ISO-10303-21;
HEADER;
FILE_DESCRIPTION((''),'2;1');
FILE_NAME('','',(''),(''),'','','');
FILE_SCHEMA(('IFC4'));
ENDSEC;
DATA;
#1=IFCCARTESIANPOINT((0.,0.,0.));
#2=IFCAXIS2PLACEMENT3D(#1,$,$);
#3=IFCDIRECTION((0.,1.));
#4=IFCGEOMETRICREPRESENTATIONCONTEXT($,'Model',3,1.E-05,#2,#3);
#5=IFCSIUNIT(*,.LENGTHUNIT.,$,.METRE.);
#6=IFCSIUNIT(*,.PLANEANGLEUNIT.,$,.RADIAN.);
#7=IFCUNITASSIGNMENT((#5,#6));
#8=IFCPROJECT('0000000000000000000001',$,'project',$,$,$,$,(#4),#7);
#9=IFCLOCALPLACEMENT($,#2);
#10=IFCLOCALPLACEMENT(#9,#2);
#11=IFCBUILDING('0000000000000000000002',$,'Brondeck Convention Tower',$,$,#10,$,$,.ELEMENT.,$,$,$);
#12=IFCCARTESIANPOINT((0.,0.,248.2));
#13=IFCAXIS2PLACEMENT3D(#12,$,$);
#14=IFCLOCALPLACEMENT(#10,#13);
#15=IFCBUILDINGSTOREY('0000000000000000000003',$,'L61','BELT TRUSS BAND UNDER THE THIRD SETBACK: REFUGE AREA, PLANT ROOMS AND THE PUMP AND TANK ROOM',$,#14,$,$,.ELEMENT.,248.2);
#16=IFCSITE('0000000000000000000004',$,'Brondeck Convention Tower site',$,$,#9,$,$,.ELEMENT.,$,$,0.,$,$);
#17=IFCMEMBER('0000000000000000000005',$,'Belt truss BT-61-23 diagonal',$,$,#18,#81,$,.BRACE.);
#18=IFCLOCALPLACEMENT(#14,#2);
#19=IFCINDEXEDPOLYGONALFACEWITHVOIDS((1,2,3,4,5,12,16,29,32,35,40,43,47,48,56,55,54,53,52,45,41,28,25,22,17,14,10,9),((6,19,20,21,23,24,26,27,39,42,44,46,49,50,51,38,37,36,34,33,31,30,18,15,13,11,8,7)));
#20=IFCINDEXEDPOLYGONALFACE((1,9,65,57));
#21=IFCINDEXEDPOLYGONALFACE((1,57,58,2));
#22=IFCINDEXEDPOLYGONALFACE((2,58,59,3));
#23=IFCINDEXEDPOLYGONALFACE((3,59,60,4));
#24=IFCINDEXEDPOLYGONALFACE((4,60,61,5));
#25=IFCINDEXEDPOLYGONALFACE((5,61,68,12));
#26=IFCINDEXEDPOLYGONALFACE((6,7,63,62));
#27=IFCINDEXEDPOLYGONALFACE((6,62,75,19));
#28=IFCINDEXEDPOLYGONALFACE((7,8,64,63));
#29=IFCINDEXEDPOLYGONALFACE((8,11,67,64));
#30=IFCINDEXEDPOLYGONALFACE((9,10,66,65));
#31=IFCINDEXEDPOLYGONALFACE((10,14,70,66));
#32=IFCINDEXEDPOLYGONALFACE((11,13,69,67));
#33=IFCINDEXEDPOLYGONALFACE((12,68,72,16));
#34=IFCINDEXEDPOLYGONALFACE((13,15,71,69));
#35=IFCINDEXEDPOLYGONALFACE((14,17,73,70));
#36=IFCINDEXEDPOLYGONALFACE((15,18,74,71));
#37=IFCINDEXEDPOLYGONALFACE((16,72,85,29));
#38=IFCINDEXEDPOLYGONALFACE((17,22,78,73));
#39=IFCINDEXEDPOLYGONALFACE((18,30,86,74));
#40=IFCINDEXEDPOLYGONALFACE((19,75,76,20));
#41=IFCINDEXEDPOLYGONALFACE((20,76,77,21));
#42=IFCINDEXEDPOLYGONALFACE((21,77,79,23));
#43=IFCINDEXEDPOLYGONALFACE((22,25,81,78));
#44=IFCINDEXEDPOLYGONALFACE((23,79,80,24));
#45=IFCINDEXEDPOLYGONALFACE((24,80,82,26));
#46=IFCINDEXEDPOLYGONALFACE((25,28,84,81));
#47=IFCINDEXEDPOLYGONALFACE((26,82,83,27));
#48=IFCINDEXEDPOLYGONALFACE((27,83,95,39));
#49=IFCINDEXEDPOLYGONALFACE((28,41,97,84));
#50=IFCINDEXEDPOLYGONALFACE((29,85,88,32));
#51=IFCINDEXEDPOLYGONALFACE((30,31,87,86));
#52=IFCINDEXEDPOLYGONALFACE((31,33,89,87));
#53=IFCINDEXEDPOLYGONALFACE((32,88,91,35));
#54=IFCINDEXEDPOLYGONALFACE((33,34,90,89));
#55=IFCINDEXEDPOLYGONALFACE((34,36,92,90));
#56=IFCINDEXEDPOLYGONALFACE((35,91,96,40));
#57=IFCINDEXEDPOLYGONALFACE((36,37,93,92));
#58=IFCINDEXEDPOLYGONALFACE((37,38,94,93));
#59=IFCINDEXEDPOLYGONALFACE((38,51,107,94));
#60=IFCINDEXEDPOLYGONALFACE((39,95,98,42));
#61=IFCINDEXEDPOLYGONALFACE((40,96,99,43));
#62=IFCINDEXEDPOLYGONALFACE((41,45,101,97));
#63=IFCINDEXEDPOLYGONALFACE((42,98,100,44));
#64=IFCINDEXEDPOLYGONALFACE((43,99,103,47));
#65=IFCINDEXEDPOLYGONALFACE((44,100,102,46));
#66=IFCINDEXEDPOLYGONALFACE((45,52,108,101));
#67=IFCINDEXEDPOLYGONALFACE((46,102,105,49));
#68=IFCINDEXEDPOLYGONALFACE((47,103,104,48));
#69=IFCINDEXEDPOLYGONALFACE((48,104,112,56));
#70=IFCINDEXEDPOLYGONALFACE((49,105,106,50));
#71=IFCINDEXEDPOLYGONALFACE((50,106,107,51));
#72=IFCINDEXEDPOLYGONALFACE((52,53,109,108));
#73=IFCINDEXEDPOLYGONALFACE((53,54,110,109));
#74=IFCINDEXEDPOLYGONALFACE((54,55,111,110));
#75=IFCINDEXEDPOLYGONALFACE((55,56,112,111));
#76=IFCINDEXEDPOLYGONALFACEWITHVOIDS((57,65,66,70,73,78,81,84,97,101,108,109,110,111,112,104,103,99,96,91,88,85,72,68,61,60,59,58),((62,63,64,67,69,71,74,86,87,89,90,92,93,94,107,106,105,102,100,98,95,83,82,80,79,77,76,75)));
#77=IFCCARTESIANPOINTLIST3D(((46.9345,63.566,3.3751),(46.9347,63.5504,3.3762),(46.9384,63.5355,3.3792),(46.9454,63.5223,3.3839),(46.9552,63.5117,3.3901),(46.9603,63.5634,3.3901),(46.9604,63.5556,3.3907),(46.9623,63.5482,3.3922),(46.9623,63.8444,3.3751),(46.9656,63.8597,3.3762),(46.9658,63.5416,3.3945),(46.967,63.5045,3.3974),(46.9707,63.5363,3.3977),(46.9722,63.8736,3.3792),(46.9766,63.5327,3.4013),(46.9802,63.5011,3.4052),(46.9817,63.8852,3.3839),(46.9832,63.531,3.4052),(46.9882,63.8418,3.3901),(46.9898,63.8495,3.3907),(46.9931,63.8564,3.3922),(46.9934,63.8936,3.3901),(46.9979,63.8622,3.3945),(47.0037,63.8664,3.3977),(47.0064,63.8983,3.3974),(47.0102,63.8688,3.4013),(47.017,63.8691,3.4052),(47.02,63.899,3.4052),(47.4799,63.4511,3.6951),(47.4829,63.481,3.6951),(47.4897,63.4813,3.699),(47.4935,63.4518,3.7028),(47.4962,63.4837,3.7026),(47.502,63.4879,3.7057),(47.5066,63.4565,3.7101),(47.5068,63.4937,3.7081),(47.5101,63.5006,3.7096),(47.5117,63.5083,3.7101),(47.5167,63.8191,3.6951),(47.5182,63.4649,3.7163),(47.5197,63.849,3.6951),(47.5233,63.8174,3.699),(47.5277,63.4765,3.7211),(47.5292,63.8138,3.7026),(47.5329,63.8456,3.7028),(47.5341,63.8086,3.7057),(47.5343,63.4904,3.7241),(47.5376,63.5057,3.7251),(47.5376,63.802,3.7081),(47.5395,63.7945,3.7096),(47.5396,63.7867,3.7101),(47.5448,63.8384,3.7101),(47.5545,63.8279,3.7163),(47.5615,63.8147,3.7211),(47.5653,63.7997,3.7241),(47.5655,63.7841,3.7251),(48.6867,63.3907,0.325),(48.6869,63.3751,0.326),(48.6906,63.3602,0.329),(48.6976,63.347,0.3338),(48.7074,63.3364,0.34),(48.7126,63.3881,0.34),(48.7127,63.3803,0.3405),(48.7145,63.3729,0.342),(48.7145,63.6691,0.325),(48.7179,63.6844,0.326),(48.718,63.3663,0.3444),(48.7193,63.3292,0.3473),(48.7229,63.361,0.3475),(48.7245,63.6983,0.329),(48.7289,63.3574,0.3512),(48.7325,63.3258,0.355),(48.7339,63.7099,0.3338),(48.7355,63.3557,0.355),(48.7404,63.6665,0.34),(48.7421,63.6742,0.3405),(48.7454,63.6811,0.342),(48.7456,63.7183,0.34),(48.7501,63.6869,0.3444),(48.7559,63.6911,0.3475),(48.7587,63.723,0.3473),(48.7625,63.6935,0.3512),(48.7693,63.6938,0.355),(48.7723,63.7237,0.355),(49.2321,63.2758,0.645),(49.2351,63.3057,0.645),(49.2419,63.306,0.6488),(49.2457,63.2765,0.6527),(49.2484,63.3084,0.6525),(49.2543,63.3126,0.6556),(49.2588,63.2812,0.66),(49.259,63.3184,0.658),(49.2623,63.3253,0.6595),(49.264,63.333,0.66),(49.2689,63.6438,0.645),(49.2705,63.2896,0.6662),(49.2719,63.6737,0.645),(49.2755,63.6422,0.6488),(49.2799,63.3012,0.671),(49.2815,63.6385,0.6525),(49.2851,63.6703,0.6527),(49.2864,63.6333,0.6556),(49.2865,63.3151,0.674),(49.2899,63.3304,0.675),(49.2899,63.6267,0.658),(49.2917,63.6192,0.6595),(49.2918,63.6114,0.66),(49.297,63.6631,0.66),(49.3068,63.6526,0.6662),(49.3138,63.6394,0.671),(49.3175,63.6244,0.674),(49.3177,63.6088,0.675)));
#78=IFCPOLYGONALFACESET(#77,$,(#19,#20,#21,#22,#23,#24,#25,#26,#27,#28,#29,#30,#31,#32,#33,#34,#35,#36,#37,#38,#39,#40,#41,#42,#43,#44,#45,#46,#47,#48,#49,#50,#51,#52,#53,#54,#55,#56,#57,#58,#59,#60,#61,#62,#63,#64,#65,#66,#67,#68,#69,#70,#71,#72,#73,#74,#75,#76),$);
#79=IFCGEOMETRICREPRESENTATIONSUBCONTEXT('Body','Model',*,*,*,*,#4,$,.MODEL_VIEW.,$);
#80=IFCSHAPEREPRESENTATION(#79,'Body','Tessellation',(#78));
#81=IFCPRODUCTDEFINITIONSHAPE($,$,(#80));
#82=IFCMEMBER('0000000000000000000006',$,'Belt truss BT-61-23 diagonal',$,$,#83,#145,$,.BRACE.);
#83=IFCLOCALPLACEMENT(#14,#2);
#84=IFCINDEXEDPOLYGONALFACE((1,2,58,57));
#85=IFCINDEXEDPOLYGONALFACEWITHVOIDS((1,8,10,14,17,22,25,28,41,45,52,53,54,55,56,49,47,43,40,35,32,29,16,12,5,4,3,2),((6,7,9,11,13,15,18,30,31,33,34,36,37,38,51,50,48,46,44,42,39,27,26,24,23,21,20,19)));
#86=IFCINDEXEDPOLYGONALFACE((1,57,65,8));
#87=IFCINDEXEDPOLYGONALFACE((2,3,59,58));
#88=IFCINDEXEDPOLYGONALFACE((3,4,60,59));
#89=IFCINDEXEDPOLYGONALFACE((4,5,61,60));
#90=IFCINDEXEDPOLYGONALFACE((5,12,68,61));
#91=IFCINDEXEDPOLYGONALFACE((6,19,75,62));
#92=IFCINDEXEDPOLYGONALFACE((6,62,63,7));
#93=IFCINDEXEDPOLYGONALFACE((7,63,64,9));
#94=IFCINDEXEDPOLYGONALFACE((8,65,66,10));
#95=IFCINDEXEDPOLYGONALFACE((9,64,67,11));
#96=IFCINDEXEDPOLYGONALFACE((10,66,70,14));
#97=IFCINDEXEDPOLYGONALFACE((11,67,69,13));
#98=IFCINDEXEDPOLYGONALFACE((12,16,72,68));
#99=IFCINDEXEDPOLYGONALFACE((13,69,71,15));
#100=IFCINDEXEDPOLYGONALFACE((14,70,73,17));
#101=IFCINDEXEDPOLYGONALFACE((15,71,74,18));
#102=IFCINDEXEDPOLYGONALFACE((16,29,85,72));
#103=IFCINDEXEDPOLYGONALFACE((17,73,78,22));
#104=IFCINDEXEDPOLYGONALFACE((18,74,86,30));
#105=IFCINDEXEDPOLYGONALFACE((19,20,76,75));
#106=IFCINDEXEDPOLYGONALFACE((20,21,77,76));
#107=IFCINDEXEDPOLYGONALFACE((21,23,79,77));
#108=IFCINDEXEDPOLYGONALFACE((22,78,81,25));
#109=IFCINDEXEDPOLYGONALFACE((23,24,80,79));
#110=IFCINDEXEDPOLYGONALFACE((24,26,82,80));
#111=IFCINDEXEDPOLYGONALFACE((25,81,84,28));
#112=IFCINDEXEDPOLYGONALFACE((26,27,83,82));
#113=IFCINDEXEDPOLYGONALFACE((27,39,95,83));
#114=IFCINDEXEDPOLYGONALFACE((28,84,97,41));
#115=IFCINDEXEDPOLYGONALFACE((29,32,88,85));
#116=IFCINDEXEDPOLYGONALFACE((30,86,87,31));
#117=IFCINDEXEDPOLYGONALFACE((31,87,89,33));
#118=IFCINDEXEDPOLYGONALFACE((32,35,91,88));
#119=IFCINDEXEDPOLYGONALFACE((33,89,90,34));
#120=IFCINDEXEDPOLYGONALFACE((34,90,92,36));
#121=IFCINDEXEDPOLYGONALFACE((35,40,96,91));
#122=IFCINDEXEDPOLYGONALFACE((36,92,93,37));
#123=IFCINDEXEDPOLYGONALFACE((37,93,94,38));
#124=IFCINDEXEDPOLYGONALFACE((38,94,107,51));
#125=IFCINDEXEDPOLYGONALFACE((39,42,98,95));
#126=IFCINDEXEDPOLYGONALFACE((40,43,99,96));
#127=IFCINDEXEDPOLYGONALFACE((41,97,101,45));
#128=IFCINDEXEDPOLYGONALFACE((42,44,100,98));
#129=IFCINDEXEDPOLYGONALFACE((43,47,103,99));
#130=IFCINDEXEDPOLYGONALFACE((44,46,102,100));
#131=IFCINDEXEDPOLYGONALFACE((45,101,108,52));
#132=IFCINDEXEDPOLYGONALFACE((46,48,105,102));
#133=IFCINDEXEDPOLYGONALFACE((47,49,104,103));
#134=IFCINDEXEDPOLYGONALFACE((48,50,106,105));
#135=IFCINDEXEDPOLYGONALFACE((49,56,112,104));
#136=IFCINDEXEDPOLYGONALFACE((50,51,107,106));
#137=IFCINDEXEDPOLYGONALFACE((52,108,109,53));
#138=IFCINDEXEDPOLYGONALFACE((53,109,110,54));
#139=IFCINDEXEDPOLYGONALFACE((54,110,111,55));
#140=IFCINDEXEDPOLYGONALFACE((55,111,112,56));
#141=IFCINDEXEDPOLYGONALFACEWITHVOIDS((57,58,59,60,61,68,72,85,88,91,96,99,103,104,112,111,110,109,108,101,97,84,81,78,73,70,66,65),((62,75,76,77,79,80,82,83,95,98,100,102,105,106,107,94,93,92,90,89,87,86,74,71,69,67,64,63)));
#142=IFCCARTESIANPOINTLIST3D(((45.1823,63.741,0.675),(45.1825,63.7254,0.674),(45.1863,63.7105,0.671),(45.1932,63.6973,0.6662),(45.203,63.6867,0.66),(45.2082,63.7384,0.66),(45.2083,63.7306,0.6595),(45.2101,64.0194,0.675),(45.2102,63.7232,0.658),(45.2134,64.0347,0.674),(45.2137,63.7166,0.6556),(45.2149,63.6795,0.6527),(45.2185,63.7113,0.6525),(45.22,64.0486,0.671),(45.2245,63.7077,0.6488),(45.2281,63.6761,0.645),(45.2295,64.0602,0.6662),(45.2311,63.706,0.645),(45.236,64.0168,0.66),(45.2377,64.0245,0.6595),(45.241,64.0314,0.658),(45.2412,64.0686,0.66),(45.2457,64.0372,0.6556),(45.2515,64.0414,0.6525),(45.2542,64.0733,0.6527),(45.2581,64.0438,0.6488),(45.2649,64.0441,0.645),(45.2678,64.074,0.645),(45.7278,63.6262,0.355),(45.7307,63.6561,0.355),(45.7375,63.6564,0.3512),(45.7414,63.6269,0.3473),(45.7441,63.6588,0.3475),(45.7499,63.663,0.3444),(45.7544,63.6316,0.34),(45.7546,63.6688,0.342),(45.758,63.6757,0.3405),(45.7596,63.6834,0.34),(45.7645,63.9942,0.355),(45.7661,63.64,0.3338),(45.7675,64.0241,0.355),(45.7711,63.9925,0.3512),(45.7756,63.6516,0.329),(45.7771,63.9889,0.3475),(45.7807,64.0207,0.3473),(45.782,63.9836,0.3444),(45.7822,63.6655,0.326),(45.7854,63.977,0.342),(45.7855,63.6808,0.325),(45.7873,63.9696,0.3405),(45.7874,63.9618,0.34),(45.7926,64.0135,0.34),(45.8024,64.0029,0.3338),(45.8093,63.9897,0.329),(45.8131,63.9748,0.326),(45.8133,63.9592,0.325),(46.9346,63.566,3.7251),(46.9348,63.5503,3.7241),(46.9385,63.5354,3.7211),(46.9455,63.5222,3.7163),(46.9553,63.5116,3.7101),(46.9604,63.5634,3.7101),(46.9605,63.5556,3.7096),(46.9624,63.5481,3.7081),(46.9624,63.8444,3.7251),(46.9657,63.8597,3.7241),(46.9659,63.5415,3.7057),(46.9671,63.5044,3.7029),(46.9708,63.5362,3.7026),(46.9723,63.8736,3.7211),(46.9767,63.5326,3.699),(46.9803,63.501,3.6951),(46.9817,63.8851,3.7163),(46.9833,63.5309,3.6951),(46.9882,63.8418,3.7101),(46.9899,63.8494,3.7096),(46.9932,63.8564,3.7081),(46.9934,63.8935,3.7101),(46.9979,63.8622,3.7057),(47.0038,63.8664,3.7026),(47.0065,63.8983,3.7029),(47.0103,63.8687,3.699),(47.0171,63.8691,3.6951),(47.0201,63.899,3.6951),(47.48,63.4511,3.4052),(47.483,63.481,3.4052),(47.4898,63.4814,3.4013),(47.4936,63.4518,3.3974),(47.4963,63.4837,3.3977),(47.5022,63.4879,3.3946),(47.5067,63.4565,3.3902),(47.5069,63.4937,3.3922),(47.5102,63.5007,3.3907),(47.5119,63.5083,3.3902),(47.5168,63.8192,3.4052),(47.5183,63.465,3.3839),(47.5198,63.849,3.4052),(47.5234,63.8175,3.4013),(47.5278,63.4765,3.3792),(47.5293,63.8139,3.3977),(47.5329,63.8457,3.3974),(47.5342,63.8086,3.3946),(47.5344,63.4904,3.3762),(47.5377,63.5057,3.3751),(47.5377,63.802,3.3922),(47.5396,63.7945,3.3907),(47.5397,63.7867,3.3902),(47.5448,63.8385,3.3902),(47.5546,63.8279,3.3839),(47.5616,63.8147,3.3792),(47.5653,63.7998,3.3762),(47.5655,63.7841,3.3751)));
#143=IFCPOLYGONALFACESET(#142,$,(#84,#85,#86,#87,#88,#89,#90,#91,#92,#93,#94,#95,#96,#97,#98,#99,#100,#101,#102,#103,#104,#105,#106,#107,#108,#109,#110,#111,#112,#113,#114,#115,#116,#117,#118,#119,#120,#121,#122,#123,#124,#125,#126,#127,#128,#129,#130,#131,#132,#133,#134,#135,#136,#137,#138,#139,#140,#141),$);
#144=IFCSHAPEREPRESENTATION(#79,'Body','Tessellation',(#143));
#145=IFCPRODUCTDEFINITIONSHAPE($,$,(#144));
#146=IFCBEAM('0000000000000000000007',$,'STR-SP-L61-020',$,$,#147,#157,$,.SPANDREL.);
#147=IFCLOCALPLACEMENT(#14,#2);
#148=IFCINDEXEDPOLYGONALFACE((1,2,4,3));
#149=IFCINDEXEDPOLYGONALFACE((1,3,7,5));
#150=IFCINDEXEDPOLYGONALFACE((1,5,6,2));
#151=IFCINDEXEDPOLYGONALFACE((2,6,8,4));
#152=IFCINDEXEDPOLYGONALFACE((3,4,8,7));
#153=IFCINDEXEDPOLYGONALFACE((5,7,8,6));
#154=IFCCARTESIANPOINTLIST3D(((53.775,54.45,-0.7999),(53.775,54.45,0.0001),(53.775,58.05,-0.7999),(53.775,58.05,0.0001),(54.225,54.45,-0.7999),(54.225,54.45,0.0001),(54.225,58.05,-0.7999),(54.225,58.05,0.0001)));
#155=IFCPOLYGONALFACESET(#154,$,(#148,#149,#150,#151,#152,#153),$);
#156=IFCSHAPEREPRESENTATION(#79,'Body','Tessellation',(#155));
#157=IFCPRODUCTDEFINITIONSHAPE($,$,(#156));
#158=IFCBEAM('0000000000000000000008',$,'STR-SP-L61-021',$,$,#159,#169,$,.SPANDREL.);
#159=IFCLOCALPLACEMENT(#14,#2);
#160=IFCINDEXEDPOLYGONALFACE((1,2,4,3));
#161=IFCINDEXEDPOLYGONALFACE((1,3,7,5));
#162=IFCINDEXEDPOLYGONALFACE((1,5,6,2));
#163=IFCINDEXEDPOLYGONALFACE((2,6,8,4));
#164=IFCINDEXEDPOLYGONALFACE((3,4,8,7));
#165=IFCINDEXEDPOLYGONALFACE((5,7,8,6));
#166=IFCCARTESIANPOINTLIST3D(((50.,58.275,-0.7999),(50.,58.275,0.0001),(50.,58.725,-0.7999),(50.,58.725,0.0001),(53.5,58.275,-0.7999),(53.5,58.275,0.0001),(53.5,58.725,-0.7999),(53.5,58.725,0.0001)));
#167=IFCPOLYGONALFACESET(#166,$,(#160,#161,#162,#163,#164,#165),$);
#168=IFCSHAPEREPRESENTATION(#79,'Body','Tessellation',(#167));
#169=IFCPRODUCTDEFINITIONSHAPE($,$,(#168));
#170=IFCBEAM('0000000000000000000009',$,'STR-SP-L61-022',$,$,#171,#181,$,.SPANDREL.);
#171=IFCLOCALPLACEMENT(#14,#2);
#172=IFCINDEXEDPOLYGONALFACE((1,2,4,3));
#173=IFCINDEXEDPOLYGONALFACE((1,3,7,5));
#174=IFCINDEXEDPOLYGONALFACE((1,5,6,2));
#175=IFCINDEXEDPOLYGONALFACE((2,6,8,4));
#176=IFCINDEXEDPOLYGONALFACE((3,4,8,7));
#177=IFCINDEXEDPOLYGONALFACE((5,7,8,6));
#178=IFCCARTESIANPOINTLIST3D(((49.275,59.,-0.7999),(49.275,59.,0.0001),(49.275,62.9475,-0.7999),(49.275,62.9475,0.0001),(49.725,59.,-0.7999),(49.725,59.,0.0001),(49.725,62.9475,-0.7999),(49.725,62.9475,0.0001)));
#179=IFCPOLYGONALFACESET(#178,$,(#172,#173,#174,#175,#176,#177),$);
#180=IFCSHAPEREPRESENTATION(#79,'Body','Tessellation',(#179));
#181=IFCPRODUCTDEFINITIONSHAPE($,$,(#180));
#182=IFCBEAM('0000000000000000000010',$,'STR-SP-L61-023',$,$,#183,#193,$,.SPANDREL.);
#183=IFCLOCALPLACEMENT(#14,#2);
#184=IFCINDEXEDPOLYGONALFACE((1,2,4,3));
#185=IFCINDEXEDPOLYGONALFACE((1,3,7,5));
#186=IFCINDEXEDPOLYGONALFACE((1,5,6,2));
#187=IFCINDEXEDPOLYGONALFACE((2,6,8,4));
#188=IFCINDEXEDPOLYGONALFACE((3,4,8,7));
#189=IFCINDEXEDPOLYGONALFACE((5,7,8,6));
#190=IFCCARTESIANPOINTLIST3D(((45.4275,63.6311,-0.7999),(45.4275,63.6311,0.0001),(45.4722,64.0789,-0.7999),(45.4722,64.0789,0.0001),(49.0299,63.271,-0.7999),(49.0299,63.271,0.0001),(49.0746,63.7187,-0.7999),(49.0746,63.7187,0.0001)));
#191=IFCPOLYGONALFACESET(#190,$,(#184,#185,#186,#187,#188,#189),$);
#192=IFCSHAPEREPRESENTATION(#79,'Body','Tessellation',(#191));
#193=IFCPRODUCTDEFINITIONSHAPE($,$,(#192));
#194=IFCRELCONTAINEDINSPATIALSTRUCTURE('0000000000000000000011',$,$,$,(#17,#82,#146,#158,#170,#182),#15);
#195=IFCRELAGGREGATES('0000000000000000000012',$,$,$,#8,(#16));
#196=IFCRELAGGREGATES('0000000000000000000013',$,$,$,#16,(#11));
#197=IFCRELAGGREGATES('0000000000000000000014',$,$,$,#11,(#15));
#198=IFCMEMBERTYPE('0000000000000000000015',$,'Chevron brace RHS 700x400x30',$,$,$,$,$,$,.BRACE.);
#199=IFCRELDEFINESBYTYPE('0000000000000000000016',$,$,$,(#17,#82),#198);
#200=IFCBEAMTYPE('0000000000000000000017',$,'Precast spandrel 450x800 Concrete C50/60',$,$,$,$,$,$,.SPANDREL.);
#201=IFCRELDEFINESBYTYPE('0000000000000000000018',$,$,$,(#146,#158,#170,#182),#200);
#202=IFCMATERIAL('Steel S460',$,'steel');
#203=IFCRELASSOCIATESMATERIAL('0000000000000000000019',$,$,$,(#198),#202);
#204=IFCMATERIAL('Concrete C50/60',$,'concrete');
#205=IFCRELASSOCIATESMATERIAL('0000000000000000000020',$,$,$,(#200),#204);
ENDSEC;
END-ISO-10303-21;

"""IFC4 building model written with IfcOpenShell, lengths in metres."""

from ifc_helpers import new_model, si_unit, direction, frame, origin, origin_2d, place, context, subcontext, project, spatial, rectangle, hollow_rectangle, extrude, material, material_profile, profile_set, type_object, element, save


model = new_model("IFC4")

# Units and contexts
model_context = context("Model", 3, precision=1e-05, world=origin(), true_north=direction((0.0, 1.0)))
body_context = subcontext(model_context, "Body", "Model", "MODEL_VIEW")
ifc_project = project(units=[si_unit("LENGTHUNIT", "METRE"), si_unit("PLANEANGLEUNIT", "RADIAN")], contexts=[model_context])

# Site, building, storey
site_placement = place(None, origin())
site = spatial("IfcSite", under=ifc_project, at=site_placement, Name="Brondeck Convention Tower site", CompositionType="ELEMENT", RefElevation=0.0)
building_placement = place(site_placement, origin())
building = spatial("IfcBuilding", under=site, at=building_placement, Name="Brondeck Convention Tower", CompositionType="ELEMENT")
storey_placement = place(building_placement, frame((0.0, 0.0, 248.2)))
storey = spatial("IfcBuildingStorey", under=building, at=storey_placement, Name="L61", Description="BELT TRUSS BAND UNDER THE THIRD SETBACK: REFUGE AREA, PLANT ROOMS AND THE PUMP AND TANK ROOM", CompositionType="ELEMENT", Elevation=248.2)

# Shared definitions
ifc_material_1 = material(Name="Concrete C50/60", Category="concrete")

# Members
ifc_material_2 = material(Name="Steel S460", Category="steel")
ifc_material_profile_1 = material_profile(ifc_material_2, hollow_rectangle(XDim=0.3999, YDim=0.7, WallThickness=0.03, InnerFilletRadius=0.03, OuterFilletRadius=0.0601, at=origin_2d()), Name="RHS 700x400x30")
ifc_profile_set_1 = profile_set([ifc_material_profile_1], Name="Steel S460")
member_type_1 = type_object("IfcMemberType", Name="Chevron brace RHS 700x400x30", PredefinedType="BRACE", material=ifc_profile_set_1)
for number, where, z_axis, x_axis, name in (
    (1, (49.0022, 63.4998, 0.5), (-0.497516, 0.049772, 0.866026), (-0.099545, -0.995033, 0.0), "Belt truss BT-61-23 diagonal"),
    (2, (45.4978, 63.8501, 0.5), (0.497518, -0.049703, 0.866029), (0.099408, 0.995047, 0.0), "Belt truss BT-61-23 diagonal"),
):
    element("IfcMember", number, at=place(storey_placement, frame(where, z_axis=z_axis, x_axis=x_axis)), inside=storey, type_object=member_type_1, Name=name, PredefinedType="BRACE", context=body_context, shape_type="SweptSolid", body=[
        extrude(hollow_rectangle(XDim=0.3999, YDim=0.7, WallThickness=0.03, InnerFilletRadius=0.03, OuterFilletRadius=0.0601, at=origin_2d()), origin(), (0.0, 0.0, 1.0), 3.522),
    ])

# Beams
ifc_material_profile_2 = material_profile(ifc_material_1, rectangle(XDim=0.45, YDim=0.8, at=origin_2d()), Name="Precast spandrel 450x800 Concrete C50/60")
ifc_profile_set_2 = profile_set([ifc_material_profile_2], Name="Concrete C50/60")
beam_type = type_object("IfcBeamType", Name="Precast spandrel 450x800 Concrete C50/60", PredefinedType="SPANDREL", material=ifc_profile_set_2)
beam_1_placement = place(storey_placement, frame((54.0, 54.45, -0.3999), z_axis=(0.0, 1.0, 0.0), x_axis=(-1.0, 0.0, 0.0)))
element("IfcBeam", 3, at=beam_1_placement, inside=storey, type_object=beam_type, Name="STR-SP-L61-020", PredefinedType="SPANDREL", context=body_context, shape_type="SweptSolid", body=[
    extrude(rectangle(XDim=0.45, YDim=0.8, at=origin_2d()), origin(), (0.0, 0.0, 1.0), 3.6001),
])
beam_2_placement = place(storey_placement, frame((53.5, 58.5, -0.3999), z_axis=(-1.0, 0.0, 0.0), x_axis=(0.0, -1.0, 0.0)))
element("IfcBeam", 4, at=beam_2_placement, inside=storey, type_object=beam_type, Name="STR-SP-L61-021", PredefinedType="SPANDREL", context=body_context, shape_type="SweptSolid", body=[
    extrude(rectangle(XDim=0.45, YDim=0.8, at=origin_2d()), origin(), (0.0, 0.0, 1.0), 3.5),
])
beam_3_placement = place(storey_placement, frame((49.5, 59.0, -0.3999), z_axis=(0.0, 1.0, 0.0), x_axis=(-1.0, 0.0, 0.0)))
element("IfcBeam", 5, at=beam_3_placement, inside=storey, type_object=beam_type, Name="STR-SP-L61-022", PredefinedType="SPANDREL", context=body_context, shape_type="SweptSolid", body=[
    extrude(rectangle(XDim=0.45, YDim=0.8, at=origin_2d()), origin(), (0.0, 0.0, 1.0), 3.9475),
])
beam_4_placement = place(storey_placement, frame((49.0522, 63.4949, -0.3999), z_axis=(-0.995041, 0.09947, 0.0), x_axis=(-0.09947, -0.995041, 0.0)))
element("IfcBeam", 6, at=beam_4_placement, inside=storey, type_object=beam_type, Name="STR-SP-L61-023", PredefinedType="SPANDREL", context=body_context, shape_type="SweptSolid", body=[
    extrude(rectangle(XDim=0.45, YDim=0.8, at=origin_2d()), origin(), (0.0, 0.0, 1.0), 3.6204),
])

save(model, "model.ifc")
